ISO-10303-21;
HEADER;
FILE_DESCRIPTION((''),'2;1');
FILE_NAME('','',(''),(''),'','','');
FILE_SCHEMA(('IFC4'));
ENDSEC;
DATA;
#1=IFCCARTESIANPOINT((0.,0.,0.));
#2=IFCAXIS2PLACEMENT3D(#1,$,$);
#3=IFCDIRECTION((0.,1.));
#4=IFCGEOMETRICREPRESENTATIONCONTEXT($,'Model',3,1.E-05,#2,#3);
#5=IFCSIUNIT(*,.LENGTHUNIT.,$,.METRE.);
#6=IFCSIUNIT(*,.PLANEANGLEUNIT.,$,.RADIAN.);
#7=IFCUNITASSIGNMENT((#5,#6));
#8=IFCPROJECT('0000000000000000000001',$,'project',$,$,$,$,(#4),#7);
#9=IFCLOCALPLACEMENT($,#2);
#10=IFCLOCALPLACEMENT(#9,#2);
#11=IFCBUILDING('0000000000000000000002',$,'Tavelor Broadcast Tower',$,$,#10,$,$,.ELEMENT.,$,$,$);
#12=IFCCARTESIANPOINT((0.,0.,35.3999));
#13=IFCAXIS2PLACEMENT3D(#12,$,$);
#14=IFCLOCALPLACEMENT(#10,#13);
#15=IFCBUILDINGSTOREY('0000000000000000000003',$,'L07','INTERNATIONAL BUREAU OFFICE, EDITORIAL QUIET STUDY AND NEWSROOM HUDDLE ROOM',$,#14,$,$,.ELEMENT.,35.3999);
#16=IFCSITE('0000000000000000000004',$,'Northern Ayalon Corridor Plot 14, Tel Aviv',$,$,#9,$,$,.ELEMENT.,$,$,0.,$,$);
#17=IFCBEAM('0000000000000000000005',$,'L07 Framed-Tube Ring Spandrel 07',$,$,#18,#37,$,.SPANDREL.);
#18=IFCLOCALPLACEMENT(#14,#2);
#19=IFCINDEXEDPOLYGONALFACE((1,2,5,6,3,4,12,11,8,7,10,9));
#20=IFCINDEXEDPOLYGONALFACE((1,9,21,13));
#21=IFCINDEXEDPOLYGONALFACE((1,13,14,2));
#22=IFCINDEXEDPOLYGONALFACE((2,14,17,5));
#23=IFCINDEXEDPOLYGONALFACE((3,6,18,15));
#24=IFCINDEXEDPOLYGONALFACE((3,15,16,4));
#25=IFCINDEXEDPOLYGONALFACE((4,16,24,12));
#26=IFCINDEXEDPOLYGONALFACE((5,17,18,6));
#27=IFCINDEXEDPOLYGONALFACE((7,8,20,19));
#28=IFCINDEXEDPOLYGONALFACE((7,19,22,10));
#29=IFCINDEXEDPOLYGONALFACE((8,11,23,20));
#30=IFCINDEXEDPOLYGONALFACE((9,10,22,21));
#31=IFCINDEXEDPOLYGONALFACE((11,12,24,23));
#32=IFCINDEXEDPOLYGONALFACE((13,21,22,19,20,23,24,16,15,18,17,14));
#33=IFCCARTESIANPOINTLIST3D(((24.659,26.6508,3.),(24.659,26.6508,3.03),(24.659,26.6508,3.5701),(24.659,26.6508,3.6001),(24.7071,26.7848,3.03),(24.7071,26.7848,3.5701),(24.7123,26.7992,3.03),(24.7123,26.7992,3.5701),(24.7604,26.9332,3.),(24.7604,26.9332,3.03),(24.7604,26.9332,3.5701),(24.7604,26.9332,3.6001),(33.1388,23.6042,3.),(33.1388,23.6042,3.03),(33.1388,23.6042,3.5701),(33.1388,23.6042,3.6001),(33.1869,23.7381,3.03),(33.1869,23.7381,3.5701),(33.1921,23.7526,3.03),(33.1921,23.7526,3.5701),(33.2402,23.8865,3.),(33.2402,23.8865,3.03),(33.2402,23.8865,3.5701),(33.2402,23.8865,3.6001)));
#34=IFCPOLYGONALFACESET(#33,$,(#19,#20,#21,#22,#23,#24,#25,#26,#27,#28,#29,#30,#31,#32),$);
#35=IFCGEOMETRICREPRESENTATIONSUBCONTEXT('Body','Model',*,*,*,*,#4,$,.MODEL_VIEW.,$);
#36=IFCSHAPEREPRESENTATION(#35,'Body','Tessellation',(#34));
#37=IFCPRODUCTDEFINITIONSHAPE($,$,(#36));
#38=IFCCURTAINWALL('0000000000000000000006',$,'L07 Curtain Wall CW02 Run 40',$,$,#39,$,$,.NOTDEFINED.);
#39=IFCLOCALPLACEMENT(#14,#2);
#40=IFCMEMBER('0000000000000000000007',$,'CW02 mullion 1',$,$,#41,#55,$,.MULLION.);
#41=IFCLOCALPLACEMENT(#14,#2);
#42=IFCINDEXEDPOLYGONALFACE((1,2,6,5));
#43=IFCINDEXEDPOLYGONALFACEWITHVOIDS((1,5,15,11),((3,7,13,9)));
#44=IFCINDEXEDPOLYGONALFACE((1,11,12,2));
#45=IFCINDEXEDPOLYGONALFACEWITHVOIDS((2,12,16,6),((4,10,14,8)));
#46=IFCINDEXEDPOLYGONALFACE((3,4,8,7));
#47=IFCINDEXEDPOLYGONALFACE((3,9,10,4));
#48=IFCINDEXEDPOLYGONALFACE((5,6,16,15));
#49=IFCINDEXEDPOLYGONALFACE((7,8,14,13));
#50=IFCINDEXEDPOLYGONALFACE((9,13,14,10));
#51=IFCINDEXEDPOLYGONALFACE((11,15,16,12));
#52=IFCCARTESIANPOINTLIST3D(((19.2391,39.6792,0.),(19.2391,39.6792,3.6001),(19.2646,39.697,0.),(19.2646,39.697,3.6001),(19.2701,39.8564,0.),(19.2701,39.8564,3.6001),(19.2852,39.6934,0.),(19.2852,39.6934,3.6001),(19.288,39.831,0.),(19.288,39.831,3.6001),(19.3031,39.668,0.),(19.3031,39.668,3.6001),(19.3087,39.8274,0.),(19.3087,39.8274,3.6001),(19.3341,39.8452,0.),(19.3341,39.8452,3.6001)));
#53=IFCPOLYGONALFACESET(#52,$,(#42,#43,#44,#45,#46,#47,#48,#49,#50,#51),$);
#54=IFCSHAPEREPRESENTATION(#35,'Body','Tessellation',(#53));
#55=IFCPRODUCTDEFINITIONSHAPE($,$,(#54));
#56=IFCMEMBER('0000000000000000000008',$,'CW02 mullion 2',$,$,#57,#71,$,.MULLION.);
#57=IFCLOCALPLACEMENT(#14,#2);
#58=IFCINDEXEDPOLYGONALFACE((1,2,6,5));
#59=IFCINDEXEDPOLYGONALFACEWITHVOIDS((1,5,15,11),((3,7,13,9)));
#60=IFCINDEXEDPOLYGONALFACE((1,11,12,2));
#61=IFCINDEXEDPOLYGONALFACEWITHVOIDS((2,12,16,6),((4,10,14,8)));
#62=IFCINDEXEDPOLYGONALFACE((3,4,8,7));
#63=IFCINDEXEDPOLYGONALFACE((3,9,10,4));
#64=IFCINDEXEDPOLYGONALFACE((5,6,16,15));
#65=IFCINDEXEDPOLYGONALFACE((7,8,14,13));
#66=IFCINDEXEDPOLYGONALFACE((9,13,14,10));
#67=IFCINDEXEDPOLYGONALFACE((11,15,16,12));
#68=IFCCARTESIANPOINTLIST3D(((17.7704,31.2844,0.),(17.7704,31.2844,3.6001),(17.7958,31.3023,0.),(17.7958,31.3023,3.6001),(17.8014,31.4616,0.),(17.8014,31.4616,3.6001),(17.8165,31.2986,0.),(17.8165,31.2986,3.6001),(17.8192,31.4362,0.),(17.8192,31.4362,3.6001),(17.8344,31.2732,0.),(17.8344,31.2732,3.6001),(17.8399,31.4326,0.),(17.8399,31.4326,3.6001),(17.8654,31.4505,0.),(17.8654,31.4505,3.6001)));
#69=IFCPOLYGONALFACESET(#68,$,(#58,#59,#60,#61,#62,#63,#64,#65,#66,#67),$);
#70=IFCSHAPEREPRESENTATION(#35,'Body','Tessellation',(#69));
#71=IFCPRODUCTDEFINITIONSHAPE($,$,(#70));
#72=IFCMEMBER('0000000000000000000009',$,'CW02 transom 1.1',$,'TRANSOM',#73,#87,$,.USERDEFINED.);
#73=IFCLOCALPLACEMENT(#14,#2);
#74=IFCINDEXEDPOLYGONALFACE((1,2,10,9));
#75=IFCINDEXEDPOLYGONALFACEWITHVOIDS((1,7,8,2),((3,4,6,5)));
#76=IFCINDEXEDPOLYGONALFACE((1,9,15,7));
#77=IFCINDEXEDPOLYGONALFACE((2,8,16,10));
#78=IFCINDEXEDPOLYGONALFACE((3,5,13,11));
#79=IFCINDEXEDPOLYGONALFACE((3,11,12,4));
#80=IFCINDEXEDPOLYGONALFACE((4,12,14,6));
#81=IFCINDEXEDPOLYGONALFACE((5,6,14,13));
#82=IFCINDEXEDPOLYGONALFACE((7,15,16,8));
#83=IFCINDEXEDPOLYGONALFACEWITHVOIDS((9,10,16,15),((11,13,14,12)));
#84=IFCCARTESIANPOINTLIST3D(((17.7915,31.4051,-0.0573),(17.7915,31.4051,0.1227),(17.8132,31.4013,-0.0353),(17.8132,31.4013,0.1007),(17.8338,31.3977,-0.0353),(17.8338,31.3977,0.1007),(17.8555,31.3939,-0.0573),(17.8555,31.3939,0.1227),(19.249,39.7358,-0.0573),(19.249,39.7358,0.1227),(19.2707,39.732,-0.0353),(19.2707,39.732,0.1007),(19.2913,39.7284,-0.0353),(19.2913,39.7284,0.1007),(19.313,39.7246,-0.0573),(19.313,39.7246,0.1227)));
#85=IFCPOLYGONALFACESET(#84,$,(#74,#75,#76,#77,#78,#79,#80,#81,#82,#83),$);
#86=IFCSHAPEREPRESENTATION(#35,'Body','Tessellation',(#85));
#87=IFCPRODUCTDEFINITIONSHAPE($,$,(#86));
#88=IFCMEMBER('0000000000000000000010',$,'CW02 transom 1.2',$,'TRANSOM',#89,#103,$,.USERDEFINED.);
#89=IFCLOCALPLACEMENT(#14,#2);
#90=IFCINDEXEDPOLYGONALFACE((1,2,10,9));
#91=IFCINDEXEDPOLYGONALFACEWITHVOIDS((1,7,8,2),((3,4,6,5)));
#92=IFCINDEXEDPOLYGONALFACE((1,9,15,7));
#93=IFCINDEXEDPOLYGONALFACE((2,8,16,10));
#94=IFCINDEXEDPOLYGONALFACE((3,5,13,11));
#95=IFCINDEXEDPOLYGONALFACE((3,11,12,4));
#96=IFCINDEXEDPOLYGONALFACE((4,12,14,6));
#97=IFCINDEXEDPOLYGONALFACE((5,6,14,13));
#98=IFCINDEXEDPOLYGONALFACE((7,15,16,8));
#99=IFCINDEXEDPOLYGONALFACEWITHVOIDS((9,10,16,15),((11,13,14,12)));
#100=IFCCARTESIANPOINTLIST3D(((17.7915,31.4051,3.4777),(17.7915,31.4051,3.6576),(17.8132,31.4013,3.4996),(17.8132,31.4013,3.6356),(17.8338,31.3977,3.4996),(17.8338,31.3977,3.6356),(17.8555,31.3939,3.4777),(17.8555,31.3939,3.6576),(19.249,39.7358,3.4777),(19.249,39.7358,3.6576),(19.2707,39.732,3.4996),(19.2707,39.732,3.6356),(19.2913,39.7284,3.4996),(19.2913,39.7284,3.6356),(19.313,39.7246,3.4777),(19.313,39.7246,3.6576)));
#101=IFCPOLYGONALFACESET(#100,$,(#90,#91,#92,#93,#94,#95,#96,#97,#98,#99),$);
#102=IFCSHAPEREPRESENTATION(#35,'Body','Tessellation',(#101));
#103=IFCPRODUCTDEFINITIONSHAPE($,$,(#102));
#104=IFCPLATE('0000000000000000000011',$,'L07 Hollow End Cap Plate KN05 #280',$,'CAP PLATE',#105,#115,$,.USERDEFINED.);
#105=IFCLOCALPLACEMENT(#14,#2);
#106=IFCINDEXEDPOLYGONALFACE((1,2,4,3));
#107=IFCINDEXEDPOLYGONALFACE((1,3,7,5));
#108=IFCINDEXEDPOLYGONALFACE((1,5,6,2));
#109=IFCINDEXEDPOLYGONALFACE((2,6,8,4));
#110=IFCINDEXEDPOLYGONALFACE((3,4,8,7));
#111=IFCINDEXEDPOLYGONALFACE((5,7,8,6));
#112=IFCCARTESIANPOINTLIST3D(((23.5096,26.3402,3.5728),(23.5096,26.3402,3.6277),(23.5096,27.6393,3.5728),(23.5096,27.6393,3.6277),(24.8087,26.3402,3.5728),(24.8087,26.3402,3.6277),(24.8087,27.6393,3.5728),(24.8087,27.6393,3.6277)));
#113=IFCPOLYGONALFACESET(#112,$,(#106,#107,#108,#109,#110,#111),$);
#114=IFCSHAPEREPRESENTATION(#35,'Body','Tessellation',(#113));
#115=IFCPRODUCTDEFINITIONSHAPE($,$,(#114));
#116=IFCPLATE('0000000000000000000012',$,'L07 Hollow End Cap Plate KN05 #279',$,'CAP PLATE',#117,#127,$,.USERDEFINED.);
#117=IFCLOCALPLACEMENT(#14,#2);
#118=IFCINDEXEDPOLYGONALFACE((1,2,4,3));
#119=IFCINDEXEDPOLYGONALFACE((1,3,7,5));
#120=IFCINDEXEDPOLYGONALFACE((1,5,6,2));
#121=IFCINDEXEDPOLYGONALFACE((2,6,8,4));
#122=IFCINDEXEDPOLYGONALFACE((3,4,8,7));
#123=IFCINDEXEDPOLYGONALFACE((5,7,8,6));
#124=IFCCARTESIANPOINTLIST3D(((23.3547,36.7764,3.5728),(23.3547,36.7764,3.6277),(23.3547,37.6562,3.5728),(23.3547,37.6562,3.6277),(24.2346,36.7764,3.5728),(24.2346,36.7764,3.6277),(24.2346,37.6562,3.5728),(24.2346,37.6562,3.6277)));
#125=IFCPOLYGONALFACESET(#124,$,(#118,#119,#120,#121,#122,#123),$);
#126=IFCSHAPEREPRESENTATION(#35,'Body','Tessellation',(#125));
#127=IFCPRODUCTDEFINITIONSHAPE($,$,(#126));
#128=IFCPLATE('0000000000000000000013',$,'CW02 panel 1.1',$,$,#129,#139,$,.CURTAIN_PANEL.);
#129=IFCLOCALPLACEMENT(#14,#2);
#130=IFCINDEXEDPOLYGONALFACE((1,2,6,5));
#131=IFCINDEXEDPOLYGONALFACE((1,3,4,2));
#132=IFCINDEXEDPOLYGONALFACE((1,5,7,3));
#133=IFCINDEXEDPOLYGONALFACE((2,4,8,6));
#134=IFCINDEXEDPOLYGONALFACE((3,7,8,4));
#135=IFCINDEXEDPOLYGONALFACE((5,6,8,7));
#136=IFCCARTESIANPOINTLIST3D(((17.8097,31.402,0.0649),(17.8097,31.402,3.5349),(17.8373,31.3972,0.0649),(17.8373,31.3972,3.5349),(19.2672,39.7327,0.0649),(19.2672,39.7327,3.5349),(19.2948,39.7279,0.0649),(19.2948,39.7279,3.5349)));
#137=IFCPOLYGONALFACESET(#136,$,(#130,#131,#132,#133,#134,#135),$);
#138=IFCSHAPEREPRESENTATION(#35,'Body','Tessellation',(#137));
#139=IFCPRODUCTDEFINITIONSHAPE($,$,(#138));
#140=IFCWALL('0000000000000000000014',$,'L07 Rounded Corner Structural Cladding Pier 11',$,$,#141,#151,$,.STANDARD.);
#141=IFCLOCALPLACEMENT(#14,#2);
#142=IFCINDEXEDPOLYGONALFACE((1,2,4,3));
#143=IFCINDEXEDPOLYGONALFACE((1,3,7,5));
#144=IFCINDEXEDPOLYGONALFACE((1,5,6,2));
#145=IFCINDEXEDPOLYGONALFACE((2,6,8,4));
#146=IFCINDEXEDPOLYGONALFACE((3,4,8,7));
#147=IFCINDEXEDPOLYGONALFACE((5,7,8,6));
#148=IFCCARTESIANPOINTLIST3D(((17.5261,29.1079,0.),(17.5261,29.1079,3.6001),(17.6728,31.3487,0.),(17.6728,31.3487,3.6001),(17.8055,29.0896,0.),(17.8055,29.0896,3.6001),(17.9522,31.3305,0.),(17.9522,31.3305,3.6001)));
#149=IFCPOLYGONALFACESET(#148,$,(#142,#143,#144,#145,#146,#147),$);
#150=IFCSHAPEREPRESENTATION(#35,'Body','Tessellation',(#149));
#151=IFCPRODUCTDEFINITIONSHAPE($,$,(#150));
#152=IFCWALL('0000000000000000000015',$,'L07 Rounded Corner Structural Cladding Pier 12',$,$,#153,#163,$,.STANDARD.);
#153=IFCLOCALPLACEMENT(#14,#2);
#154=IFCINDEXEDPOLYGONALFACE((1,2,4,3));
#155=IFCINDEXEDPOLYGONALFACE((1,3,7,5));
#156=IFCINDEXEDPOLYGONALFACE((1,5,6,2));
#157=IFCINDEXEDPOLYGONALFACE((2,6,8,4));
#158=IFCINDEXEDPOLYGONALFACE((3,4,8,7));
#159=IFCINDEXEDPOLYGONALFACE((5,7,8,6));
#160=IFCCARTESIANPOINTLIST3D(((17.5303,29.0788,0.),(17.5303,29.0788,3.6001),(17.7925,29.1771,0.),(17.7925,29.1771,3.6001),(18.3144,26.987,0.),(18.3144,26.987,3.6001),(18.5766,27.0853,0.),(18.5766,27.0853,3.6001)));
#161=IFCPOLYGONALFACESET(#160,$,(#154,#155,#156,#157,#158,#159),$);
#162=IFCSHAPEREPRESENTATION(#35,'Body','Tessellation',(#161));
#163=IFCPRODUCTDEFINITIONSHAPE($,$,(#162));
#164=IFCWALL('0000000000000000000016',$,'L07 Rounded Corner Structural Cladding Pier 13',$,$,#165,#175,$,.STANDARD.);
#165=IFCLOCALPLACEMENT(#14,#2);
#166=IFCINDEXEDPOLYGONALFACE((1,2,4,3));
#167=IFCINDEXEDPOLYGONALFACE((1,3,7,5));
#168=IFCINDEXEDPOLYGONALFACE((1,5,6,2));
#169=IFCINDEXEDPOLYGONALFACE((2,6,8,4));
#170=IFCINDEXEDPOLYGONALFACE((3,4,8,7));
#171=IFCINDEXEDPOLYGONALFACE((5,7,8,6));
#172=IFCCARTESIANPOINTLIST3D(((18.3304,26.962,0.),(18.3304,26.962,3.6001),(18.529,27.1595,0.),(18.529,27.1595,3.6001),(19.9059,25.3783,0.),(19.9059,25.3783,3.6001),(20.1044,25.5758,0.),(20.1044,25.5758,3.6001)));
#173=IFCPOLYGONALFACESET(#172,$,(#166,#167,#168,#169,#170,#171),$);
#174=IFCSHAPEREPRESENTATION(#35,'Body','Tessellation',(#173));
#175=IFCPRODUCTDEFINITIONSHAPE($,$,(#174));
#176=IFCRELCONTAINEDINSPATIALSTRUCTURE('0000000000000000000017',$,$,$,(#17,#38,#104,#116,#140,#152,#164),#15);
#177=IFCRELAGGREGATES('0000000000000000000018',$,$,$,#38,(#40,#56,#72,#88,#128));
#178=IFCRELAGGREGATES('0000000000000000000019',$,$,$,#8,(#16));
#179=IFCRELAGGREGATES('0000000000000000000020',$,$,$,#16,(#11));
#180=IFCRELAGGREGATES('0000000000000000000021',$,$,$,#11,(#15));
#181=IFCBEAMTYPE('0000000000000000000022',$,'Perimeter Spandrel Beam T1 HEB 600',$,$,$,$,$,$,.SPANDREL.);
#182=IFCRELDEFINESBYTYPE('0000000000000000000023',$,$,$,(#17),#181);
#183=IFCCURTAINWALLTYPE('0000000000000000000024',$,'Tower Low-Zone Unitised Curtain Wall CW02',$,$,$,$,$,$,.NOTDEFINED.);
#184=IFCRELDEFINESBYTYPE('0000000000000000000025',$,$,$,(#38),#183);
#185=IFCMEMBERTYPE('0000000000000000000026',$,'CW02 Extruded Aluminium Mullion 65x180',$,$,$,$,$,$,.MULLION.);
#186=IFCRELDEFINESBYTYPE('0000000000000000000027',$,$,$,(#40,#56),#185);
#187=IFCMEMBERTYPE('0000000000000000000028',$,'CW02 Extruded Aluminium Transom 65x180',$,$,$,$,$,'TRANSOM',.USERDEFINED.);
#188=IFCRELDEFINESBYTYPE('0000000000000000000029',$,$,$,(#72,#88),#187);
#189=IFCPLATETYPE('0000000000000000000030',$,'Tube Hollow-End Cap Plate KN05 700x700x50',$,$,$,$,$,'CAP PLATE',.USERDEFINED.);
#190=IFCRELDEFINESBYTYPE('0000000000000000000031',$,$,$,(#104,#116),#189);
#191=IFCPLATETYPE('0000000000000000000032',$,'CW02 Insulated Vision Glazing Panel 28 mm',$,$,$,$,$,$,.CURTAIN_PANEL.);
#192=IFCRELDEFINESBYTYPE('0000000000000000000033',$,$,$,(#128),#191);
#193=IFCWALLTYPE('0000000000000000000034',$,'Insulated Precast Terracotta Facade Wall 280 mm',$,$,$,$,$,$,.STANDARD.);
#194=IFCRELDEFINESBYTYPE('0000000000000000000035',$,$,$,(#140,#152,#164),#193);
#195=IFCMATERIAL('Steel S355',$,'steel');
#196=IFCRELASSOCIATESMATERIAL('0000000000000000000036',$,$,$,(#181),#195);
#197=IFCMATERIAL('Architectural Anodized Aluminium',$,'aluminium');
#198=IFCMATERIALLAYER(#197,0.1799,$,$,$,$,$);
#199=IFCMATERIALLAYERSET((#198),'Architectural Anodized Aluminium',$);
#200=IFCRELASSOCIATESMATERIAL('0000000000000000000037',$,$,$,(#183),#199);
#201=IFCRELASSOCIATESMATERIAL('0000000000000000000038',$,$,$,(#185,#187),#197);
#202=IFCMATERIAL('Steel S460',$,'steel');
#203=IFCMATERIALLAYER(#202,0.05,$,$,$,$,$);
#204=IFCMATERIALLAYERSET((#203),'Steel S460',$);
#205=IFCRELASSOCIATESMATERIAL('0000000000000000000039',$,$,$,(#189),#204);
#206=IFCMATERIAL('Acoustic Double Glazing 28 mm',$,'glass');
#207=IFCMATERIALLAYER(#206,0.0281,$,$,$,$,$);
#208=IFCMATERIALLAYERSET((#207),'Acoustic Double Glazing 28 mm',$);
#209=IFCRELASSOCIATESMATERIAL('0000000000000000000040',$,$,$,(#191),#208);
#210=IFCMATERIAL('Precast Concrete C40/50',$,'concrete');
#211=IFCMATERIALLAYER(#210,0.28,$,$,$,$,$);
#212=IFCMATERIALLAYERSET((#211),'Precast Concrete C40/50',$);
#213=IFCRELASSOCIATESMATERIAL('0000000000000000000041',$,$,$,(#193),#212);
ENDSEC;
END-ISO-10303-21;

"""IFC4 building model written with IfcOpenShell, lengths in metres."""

from ifc_helpers import new_model, si_unit, direction, frame, frame_2d, origin, origin_2d, place, context, subcontext, project, spatial, rectangle, hollow_rectangle, i_section, extrude, source, transform, mapped, material, layer, layer_set, material_profile, profile_set, type_object, type_shapes, element, aggregate, save


model = new_model("IFC4")

# Units and contexts
model_context = context("Model", 3, precision=1e-05, world=origin(), true_north=direction((0.0, 1.0)))
body_context = subcontext(model_context, "Body", "Model", "MODEL_VIEW")
ifc_project = project(units=[si_unit("LENGTHUNIT", "METRE"), si_unit("PLANEANGLEUNIT", "RADIAN")], contexts=[model_context])

# Site, building, storey
site_placement = place(None, origin())
site = spatial("IfcSite", under=ifc_project, at=site_placement, Name="Northern Ayalon Corridor Plot 14, Tel Aviv", CompositionType="ELEMENT", RefElevation=0.0)
building_placement = place(site_placement, origin())
building = spatial("IfcBuilding", under=site, at=building_placement, Name="Tavelor Broadcast Tower", CompositionType="ELEMENT")
storey_placement = place(building_placement, frame((0.0, 0.0, 35.3999)))
storey = spatial("IfcBuildingStorey", under=building, at=storey_placement, Name="L07", Description="INTERNATIONAL BUREAU OFFICE, EDITORIAL QUIET STUDY AND NEWSROOM HUDDLE ROOM", CompositionType="ELEMENT", Elevation=35.3999)

# Shared definitions
ifc_material_1 = material(Name="Steel S460", Category="steel")

# Beam
ifc_material_2 = material(Name="Steel S355", Category="steel")
ifc_material_profile_1 = material_profile(ifc_material_2, i_section(OverallWidth=0.3, OverallDepth=0.6001, WebThickness=0.0154, FlangeThickness=0.03, at=origin_2d()), Name="HEB 600")
ifc_profile_set_1 = profile_set([ifc_material_profile_1], Name="Steel S355")
beam_type_1 = type_object("IfcBeamType", Name="Perimeter Spandrel Beam T1 HEB 600", PredefinedType="SPANDREL", material=ifc_profile_set_1)
beam_1_placement = place(storey_placement, frame((24.7097, 26.792, 3.3), z_axis=(0.941102, -0.338123, 0.0), x_axis=(0.338123, 0.941102, 0.0)))
element("IfcBeam", 1, at=beam_1_placement, inside=storey, type_object=beam_type_1, Name="L07 Framed-Tube Ring Spandrel 07", PredefinedType="SPANDREL", context=body_context, shape_type="SweptSolid", body=[
    extrude(i_section(OverallWidth=0.3, OverallDepth=0.6001, WebThickness=0.0154, FlangeThickness=0.03, at=origin_2d()), origin(), (0.0, 0.0, 1.0), 9.0105),
])

# Curtain wall, members
ifc_material_3 = material(Name="Architectural Anodized Aluminium", Category="aluminium")
ifc_layer_1 = layer(ifc_material_3, 0.1799)
ifc_layer_set_1 = layer_set([ifc_layer_1], Name="Architectural Anodized Aluminium")
curtain_wall_type = type_object("IfcCurtainWallType", Name="Tower Low-Zone Unitised Curtain Wall CW02", PredefinedType="NOTDEFINED", material=ifc_layer_set_1)
curtain_wall_placement = place(storey_placement, origin())
curtain_wall = element("IfcCurtainWall", 2, at=curtain_wall_placement, inside=storey, type_object=curtain_wall_type, Name="L07 Curtain Wall CW02 Run 40", PredefinedType="NOTDEFINED")
ifc_material_profile_2 = material_profile(ifc_material_3, hollow_rectangle(XDim=0.0649, YDim=0.1799, WallThickness=0.022, at=origin_2d()), Name="RHS 65x180x22")
ifc_profile_set_2 = profile_set([ifc_material_profile_2], Name="Architectural Anodized Aluminium")
member_type_1 = type_object("IfcMemberType", Name="CW02 Extruded Aluminium Mullion 65x180", PredefinedType="MULLION", material=ifc_profile_set_2)
shared_shape_1 = source(origin(), body_context, "Body", "SweptSolid", [
    extrude(hollow_rectangle(XDim=0.0649, YDim=0.1799, WallThickness=0.022, at=origin_2d()), origin(), (0.0, 0.0, 1.0), 3.6001),
])
type_shapes(member_type_1, [shared_shape_1])
member_1_placement = place(storey_placement, frame((19.2866, 39.7622, 0.0), z_axis=(0.0, 0.0, 1.0), x_axis=(0.985038, -0.172338, 0.0)))
member_1 = element("IfcMember", 3, at=member_1_placement, type_object=member_type_1, Name="CW02 mullion 1", PredefinedType="MULLION", context=body_context, shape_type="MappedRepresentation", body=[
    mapped(shared_shape_1, transform((0.0, 0.0, 0.0), scale=1.0)),
])
member_2_placement = place(storey_placement, frame((17.8179, 31.3674, 0.0), z_axis=(0.0, 0.0, 1.0), x_axis=(0.985038, -0.172338, 0.0)))
member_2 = element("IfcMember", 4, at=member_2_placement, type_object=member_type_1, Name="CW02 mullion 2", PredefinedType="MULLION", context=body_context, shape_type="MappedRepresentation", body=[
    mapped(shared_shape_1, transform((0.0, 0.0, 0.0), scale=1.0)),
])
ifc_material_profile_3 = material_profile(ifc_material_3, hollow_rectangle(XDim=0.0649, YDim=0.1799, WallThickness=0.022, at=origin_2d()), Name="RHS 65x180x22")
ifc_profile_set_3 = profile_set([ifc_material_profile_3], Name="Architectural Anodized Aluminium")
member_type_2 = type_object("IfcMemberType", Name="CW02 Extruded Aluminium Transom 65x180", ElementType="TRANSOM", PredefinedType="USERDEFINED", material=ifc_profile_set_3)
shared_shape_2 = source(origin(), body_context, "Body", "SweptSolid", [
    extrude(hollow_rectangle(XDim=0.0649, YDim=0.1799, WallThickness=0.022, at=origin_2d()), origin(), (0.0, 0.0, 1.0), 8.4573),
])
type_shapes(member_type_2, [shared_shape_2])
member_3_placement = place(storey_placement, frame((19.281, 39.7302, 0.0327), z_axis=(-0.172338, -0.985038, 0.0), x_axis=(0.985038, -0.172338, 0.0)))
member_3 = element("IfcMember", 5, at=member_3_placement, type_object=member_type_2, Name="CW02 transom 1.1", ObjectType="TRANSOM", PredefinedType="USERDEFINED", context=body_context, shape_type="MappedRepresentation", body=[
    mapped(shared_shape_2, transform((0.0, 0.0, 0.0), scale=1.0)),
])
member_4_placement = place(storey_placement, frame((19.281, 39.7302, 3.5676), z_axis=(-0.172338, -0.985038, 0.0), x_axis=(0.985038, -0.172338, 0.0)))
member_4 = element("IfcMember", 6, at=member_4_placement, type_object=member_type_2, Name="CW02 transom 1.2", ObjectType="TRANSOM", PredefinedType="USERDEFINED", context=body_context, shape_type="MappedRepresentation", body=[
    mapped(shared_shape_2, transform((0.0, 0.0, 0.0), scale=1.0)),
])

# Plates
ifc_layer_2 = layer(ifc_material_1, 0.05)
ifc_layer_set_2 = layer_set([ifc_layer_2], Name="Steel S460")
plate_type_1 = type_object("IfcPlateType", Name="Tube Hollow-End Cap Plate KN05 700x700x50", ElementType="CAP PLATE", PredefinedType="USERDEFINED", material=ifc_layer_set_2)
shared_shape_3 = source(origin(), body_context, "Body", "SweptSolid", [
    extrude(rectangle(XDim=1.2991, YDim=1.2991, at=origin_2d()), origin(), (0.0, 0.0, 1.0), 0.0549),
])
plate_1_placement = place(storey_placement, frame((24.1592, 26.9897, 3.5728), z_axis=(0.0, 0.0, 1.0), x_axis=(1.0, 0.0, 0.0)))
element("IfcPlate", 7, at=plate_1_placement, inside=storey, type_object=plate_type_1, Name="L07 Hollow End Cap Plate KN05 #280", ObjectType="CAP PLATE", PredefinedType="USERDEFINED", context=body_context, shape_type="MappedRepresentation", body=[
    mapped(shared_shape_3, transform((0.0, 0.0, 0.0), scale=1.0)),
])
shared_shape_4 = source(origin(), body_context, "Body", "SweptSolid", [
    extrude(rectangle(XDim=0.8799, YDim=0.8799, at=origin_2d()), origin(), (0.0, 0.0, 1.0), 0.0549),
])
type_shapes(plate_type_1, [shared_shape_3, shared_shape_4])
plate_2_placement = place(storey_placement, frame((23.7947, 37.2163, 3.5728), z_axis=(0.0, 0.0, 1.0), x_axis=(1.0, 0.0, 0.0)))
element("IfcPlate", 8, at=plate_2_placement, inside=storey, type_object=plate_type_1, Name="L07 Hollow End Cap Plate KN05 #279", ObjectType="CAP PLATE", PredefinedType="USERDEFINED", context=body_context, shape_type="MappedRepresentation", body=[
    mapped(shared_shape_4, transform((0.0, 0.0, 0.0), scale=1.0)),
])

# Plate
ifc_material_4 = material(Name="Acoustic Double Glazing 28 mm", Category="glass")
ifc_layer_3 = layer(ifc_material_4, 0.0281)
ifc_layer_set_3 = layer_set([ifc_layer_3], Name="Acoustic Double Glazing 28 mm")
plate_type_2 = type_object("IfcPlateType", Name="CW02 Insulated Vision Glazing Panel 28 mm", PredefinedType="CURTAIN_PANEL", material=ifc_layer_set_3)
shared_shape_5 = source(origin(), body_context, "Body", "SweptSolid", [
    extrude(rectangle(XDim=8.4573, YDim=0.0281, at=origin_2d()), origin(), (0.0, 0.0, 1.0), 3.47),
])
type_shapes(plate_type_2, [shared_shape_5])
plate_3_placement = place(storey_placement, frame((18.5522, 35.5649, 0.0649), z_axis=(0.0, 0.0, 1.0), x_axis=(-0.172338, -0.985038, 0.0)))
plate_3 = element("IfcPlate", 9, at=plate_3_placement, type_object=plate_type_2, Name="CW02 panel 1.1", PredefinedType="CURTAIN_PANEL", context=body_context, shape_type="MappedRepresentation", body=[
    mapped(shared_shape_5, transform((0.0, 0.0, 0.0), scale=1.0)),
])
aggregate(curtain_wall, [member_1, member_2, member_3, member_4, plate_3])

# Walls
ifc_material_5 = material(Name="Precast Concrete C40/50", Category="concrete")
ifc_layer_4 = layer(ifc_material_5, 0.28)
ifc_layer_set_4 = layer_set([ifc_layer_4], Name="Precast Concrete C40/50")
wall_type_1 = type_object("IfcWallType", Name="Insulated Precast Terracotta Facade Wall 280 mm", PredefinedType="STANDARD", material=ifc_layer_set_4)
wall_1_placement = place(storey_placement, frame((17.8125, 31.3396, 0.0), z_axis=(0.0, 0.0, 1.0), x_axis=(-0.065343, -0.997863, 0.0)))
element("IfcWall", 10, at=wall_1_placement, inside=storey, type_object=wall_type_1, Name="L07 Rounded Corner Structural Cladding Pier 11", PredefinedType="STANDARD", context=body_context, shape_type="SweptSolid", body=[
    extrude(rectangle(XDim=2.2456, YDim=0.28, at=frame_2d((1.1228, 0.0))), origin(), (0.0, 0.0, 1.0), 3.6001),
])
for number, where, z_axis, x_axis, name in (
    (11, (17.6614, 29.1279, 0.0), (0.0, 0.0, 1.0), (0.351028, -0.936365, 0.0), "L07 Rounded Corner Structural Cladding Pier 12"),
    (12, (18.4297, 27.0608, 0.0), (0.0, 0.0, 1.0), (0.705246, -0.708962, 0.0), "L07 Rounded Corner Structural Cladding Pier 13"),
):
    element("IfcWall", number, at=place(storey_placement, frame(where, z_axis=z_axis, x_axis=x_axis)), inside=storey, type_object=wall_type_1, Name=name, PredefinedType="STANDARD", context=body_context, shape_type="SweptSolid", body=[
        extrude(rectangle(XDim=2.2339, YDim=0.28, at=frame_2d((1.1169, 0.0))), origin(), (0.0, 0.0, 1.0), 3.6001),
    ])

save(model, "model.ifc")
